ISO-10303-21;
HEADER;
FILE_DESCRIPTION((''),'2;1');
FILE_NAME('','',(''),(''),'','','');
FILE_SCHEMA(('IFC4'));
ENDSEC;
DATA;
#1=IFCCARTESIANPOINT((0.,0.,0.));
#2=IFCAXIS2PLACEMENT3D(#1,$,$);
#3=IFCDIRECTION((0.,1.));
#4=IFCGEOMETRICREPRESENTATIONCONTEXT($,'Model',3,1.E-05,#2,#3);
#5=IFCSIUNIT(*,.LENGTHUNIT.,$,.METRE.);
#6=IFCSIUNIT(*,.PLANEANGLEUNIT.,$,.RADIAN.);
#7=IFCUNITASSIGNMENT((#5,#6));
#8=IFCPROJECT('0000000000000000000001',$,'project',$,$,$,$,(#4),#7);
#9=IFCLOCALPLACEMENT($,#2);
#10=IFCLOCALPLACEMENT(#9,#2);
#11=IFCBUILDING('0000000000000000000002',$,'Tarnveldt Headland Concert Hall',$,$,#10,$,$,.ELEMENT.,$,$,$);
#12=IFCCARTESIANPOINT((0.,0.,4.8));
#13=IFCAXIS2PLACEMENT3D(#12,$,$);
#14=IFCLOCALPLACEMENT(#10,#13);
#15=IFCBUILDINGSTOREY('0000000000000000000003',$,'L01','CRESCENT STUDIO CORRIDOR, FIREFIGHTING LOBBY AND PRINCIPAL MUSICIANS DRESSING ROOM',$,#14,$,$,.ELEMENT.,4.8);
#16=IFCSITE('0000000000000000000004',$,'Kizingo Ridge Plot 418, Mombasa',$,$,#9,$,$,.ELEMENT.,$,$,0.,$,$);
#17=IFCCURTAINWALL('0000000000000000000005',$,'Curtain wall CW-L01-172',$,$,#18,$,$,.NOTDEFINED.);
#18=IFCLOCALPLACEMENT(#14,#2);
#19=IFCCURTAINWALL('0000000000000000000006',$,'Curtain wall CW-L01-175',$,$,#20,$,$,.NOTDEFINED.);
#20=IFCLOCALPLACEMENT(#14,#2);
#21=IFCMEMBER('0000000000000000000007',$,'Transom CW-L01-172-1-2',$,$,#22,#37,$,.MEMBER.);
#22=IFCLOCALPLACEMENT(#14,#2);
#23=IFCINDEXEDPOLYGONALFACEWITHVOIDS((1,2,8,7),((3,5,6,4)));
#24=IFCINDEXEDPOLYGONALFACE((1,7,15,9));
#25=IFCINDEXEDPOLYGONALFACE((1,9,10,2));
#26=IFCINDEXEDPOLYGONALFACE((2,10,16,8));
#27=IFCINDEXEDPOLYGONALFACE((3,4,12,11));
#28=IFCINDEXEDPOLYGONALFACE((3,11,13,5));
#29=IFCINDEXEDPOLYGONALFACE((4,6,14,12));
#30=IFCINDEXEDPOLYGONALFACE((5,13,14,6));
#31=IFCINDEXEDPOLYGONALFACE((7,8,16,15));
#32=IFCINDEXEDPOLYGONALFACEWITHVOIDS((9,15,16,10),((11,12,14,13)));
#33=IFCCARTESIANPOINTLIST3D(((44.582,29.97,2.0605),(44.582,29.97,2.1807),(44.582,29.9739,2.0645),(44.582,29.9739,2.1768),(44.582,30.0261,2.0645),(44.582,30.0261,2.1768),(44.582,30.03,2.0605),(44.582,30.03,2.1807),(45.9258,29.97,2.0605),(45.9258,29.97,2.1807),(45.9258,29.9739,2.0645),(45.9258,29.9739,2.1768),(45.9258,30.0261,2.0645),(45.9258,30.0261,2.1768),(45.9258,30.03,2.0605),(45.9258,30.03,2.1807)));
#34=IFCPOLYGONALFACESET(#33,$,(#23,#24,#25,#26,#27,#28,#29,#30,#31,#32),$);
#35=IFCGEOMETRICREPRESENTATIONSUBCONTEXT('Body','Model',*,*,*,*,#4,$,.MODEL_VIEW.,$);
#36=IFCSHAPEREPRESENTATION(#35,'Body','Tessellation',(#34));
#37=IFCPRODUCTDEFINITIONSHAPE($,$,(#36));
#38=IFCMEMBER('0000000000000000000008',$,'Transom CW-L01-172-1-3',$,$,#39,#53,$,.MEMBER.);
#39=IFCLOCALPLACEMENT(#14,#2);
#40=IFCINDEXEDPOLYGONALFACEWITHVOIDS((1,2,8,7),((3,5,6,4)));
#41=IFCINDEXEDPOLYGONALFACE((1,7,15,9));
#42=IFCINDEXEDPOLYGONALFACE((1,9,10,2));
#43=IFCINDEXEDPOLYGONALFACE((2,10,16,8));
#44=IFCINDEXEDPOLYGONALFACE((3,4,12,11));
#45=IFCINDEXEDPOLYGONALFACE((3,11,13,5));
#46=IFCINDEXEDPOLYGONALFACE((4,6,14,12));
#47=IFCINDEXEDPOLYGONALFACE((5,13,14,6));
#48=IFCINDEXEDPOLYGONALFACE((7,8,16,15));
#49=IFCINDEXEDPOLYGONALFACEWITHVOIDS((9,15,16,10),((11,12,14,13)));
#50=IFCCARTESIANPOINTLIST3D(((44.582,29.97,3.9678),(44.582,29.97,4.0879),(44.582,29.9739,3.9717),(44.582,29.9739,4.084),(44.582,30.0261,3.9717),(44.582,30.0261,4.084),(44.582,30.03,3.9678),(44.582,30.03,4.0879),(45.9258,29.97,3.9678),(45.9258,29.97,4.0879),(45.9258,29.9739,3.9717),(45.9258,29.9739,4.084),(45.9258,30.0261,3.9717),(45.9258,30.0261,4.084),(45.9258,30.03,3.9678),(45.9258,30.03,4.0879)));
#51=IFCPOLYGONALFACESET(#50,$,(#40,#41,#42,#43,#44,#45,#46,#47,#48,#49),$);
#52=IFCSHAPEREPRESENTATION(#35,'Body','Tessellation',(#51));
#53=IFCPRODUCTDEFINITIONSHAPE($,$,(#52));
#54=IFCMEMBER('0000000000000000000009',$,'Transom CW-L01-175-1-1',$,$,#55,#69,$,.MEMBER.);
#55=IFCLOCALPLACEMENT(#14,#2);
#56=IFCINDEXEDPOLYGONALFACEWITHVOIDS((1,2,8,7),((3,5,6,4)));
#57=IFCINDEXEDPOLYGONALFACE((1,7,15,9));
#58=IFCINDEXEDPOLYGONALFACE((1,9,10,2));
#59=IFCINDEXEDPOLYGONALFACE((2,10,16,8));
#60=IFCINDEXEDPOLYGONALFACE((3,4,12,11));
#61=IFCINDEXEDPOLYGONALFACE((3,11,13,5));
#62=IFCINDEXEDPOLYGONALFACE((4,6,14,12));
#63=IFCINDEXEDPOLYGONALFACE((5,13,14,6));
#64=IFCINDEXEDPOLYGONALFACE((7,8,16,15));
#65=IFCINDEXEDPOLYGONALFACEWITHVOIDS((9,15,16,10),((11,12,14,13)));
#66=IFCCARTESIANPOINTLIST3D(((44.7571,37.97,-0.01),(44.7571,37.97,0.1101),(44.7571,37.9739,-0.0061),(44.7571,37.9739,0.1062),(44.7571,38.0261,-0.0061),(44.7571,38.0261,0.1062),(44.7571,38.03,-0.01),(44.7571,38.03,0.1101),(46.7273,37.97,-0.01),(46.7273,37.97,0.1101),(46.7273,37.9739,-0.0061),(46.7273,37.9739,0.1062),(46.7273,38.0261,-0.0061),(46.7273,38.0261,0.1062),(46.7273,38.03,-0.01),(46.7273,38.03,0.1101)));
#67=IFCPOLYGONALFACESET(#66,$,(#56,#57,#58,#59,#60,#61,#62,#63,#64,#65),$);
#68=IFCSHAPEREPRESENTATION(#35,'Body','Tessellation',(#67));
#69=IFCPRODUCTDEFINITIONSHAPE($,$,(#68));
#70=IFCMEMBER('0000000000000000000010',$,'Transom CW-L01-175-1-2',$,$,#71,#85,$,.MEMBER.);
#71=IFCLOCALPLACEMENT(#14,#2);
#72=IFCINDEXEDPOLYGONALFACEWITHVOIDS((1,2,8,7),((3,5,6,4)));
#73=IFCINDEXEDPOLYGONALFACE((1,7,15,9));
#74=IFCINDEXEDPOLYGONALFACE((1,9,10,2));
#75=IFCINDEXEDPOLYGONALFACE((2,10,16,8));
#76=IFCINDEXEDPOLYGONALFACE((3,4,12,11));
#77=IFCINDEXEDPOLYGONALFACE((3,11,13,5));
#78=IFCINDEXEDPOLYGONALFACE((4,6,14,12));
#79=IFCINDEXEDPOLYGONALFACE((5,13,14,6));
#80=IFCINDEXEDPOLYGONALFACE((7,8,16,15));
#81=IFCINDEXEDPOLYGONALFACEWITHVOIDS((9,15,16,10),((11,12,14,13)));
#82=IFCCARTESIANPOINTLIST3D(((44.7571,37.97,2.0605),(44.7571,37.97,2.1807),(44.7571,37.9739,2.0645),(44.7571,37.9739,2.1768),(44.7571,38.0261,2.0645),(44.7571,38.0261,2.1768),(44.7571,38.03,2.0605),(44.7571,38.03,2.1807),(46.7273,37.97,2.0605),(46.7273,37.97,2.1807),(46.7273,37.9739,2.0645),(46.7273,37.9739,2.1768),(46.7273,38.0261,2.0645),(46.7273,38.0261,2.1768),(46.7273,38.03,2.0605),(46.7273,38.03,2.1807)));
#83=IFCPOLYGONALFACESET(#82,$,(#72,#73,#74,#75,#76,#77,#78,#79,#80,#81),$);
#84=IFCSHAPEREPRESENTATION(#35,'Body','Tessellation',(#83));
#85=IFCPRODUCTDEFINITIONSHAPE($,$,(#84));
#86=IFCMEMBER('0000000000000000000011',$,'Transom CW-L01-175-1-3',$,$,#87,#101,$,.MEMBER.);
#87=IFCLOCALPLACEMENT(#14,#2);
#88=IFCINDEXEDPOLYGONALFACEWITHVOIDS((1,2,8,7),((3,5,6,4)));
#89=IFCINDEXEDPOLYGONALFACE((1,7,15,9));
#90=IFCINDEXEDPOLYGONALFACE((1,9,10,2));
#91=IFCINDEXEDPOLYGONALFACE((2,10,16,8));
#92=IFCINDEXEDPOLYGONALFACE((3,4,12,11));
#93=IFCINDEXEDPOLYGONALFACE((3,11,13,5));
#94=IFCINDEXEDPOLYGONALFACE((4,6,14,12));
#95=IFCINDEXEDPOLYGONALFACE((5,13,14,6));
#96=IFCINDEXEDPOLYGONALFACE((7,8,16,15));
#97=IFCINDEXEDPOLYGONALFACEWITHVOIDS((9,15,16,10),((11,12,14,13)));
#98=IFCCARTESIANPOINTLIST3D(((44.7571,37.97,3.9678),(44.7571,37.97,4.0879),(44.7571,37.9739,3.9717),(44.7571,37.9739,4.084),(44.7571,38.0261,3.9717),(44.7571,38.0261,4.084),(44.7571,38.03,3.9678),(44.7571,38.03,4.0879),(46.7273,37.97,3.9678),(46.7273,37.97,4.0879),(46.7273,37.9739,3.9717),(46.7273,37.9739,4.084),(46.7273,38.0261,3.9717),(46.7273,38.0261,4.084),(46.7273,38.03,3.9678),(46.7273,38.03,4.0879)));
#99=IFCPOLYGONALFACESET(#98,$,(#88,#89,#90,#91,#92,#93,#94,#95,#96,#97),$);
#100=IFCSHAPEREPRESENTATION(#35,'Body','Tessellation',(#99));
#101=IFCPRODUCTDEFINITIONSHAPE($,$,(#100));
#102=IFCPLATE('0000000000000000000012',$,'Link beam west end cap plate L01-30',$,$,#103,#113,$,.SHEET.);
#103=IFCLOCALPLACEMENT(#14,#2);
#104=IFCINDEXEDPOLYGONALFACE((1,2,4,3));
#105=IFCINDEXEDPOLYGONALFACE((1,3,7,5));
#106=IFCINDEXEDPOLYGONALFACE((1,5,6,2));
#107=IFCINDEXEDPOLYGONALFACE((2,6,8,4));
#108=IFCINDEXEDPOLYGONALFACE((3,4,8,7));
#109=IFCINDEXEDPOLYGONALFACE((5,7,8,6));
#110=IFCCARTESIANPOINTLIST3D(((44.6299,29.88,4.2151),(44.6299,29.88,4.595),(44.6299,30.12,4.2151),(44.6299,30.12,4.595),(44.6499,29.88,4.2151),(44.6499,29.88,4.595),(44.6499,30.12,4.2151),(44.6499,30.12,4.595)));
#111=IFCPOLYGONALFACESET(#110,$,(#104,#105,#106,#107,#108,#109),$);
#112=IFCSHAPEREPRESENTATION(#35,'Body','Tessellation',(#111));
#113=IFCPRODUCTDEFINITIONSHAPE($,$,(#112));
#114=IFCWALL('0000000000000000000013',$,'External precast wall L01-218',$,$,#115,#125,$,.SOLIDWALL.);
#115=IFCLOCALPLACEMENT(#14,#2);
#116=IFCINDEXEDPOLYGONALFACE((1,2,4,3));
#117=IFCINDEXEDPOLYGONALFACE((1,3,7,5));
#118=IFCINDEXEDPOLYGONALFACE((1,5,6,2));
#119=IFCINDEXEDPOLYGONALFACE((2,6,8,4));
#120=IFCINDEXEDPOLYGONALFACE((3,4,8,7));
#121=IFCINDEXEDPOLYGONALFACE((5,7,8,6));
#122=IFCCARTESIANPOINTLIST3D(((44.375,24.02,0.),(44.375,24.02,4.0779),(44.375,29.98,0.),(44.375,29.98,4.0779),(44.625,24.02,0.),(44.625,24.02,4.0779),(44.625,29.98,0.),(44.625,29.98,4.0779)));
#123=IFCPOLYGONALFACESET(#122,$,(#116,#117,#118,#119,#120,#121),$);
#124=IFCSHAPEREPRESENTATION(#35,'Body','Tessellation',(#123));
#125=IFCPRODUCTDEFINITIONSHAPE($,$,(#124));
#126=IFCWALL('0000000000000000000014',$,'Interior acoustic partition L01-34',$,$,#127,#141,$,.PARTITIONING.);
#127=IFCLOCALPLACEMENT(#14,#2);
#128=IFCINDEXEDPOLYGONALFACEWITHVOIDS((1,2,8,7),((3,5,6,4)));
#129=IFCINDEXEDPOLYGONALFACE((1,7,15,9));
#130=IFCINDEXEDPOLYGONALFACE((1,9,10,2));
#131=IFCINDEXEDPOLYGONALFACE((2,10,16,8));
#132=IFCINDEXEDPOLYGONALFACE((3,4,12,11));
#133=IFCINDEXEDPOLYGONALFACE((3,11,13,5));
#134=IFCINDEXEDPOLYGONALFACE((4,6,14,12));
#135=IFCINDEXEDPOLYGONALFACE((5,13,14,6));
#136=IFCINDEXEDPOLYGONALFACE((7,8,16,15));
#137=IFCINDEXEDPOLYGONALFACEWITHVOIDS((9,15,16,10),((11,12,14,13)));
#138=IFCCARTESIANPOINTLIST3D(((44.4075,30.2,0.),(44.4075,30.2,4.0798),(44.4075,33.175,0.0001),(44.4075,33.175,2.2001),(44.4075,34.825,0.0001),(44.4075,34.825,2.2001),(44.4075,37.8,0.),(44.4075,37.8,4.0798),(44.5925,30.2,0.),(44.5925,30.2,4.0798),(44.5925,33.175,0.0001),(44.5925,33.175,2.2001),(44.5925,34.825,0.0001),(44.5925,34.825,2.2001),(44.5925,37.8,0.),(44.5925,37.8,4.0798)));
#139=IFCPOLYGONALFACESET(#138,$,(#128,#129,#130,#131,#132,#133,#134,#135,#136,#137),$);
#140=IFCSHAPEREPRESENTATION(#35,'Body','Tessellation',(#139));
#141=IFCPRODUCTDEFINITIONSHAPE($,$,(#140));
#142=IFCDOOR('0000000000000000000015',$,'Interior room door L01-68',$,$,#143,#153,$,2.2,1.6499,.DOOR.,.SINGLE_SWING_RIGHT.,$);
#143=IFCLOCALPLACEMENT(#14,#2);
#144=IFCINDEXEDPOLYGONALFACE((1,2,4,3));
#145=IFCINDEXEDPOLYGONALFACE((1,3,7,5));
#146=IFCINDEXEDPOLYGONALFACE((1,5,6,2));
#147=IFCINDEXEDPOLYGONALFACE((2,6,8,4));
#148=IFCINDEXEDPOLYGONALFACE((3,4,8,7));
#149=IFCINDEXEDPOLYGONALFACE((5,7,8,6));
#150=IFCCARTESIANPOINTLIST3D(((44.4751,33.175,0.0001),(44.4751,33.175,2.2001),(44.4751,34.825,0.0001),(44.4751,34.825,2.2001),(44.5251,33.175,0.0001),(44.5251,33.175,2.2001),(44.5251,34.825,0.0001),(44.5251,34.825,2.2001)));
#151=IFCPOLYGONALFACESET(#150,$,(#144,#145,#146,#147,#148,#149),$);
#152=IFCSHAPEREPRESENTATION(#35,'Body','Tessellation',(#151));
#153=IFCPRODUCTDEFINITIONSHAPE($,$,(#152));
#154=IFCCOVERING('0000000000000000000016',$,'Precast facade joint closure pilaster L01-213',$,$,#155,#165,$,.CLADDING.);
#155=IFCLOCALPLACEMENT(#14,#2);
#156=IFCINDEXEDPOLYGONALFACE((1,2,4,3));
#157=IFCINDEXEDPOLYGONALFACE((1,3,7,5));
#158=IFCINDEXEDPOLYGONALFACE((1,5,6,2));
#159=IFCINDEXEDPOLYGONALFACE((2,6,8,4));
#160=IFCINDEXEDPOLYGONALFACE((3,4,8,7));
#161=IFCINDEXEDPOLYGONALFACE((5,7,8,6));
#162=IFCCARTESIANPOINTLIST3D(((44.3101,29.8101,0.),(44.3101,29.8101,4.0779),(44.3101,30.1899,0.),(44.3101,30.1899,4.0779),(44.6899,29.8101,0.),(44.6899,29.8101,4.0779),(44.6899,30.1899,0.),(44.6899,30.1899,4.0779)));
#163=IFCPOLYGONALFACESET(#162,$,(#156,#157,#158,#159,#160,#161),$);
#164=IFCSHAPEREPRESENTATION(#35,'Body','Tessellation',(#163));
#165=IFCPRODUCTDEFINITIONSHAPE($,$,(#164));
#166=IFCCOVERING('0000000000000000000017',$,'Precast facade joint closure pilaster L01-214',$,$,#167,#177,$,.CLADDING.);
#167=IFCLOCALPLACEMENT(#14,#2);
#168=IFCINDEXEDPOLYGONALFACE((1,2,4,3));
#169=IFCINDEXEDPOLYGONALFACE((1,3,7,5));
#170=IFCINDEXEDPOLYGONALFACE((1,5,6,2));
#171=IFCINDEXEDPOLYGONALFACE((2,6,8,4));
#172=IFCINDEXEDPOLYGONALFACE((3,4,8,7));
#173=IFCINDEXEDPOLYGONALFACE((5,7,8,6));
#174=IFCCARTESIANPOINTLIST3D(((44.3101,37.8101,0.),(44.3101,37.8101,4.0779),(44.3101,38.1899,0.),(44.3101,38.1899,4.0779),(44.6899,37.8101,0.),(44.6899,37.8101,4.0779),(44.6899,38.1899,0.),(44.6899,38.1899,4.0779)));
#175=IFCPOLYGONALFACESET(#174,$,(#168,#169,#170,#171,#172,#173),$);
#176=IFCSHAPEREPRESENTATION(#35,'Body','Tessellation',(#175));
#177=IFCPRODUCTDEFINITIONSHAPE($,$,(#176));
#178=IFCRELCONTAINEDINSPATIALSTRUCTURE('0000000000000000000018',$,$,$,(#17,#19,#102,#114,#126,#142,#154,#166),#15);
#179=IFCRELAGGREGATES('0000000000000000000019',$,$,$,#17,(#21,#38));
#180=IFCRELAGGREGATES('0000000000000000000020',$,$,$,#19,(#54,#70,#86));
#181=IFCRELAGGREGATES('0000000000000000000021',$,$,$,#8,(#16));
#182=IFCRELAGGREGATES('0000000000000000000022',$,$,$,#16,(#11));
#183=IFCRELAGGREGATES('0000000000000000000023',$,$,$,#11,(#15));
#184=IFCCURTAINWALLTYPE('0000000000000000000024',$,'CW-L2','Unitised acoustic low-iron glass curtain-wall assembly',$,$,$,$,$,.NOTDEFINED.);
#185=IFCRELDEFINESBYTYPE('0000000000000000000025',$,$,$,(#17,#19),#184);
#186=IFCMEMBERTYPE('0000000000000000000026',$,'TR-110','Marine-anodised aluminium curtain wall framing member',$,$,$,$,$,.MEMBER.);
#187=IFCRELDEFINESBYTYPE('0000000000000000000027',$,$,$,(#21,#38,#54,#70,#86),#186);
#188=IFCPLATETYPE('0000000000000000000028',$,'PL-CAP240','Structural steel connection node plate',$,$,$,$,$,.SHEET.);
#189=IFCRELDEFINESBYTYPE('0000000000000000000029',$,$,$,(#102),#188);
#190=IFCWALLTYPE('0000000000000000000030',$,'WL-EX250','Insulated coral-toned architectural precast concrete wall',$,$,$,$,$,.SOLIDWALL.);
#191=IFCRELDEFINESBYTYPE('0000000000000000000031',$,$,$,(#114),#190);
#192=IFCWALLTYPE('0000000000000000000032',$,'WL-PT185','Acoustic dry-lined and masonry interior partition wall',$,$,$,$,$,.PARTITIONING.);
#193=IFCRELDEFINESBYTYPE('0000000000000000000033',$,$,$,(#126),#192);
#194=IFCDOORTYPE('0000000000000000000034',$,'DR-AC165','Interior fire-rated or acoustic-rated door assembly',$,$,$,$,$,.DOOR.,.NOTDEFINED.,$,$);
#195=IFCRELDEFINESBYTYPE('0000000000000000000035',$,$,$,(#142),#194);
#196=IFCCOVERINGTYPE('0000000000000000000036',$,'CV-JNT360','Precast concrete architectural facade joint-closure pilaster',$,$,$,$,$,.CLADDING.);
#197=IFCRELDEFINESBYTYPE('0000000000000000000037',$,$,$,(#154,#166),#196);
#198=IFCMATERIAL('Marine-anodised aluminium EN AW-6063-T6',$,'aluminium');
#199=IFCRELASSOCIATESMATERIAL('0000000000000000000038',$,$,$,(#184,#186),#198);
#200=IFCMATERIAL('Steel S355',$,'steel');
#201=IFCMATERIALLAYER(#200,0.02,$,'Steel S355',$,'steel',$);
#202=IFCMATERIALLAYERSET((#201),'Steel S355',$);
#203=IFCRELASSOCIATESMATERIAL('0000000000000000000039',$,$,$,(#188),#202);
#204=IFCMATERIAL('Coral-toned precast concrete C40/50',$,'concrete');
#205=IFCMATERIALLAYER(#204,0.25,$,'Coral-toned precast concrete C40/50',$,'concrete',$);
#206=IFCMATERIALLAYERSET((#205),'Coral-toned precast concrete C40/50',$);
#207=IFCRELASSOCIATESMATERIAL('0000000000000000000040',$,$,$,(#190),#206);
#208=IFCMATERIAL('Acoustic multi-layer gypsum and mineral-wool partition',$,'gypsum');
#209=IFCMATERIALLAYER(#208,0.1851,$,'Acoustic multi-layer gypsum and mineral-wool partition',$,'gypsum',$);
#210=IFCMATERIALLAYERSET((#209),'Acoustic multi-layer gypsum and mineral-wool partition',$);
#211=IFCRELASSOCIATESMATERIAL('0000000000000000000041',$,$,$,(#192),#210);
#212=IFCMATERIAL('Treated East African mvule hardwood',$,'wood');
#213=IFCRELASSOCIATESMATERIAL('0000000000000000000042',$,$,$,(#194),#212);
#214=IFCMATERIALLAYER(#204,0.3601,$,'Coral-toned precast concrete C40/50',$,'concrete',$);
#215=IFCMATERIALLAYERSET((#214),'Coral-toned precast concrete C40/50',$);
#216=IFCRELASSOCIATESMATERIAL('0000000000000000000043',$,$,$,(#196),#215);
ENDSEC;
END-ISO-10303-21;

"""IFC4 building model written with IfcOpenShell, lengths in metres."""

from ifc_helpers import new_model, si_unit, direction, frame, frame_2d, origin, origin_2d, place, context, subcontext, project, spatial, rectangle, hollow_rectangle, extrude, material, layer, layer_set, material_profile, profile_set, type_object, element, fill, aggregate, save


model = new_model("IFC4")

# Units and contexts
model_context = context("Model", 3, precision=1e-05, world=origin(), true_north=direction((0.0, 1.0)))
body_context = subcontext(model_context, "Body", "Model", "MODEL_VIEW")
ifc_project = project(units=[si_unit("LENGTHUNIT", "METRE"), si_unit("PLANEANGLEUNIT", "RADIAN")], contexts=[model_context])

# Site, building, storey
site_placement = place(None, origin())
site = spatial("IfcSite", under=ifc_project, at=site_placement, Name="Kizingo Ridge Plot 418, Mombasa", CompositionType="ELEMENT", RefElevation=0.0)
building_placement = place(site_placement, origin())
building = spatial("IfcBuilding", under=site, at=building_placement, Name="Tarnveldt Headland Concert Hall", CompositionType="ELEMENT")
storey_placement = place(building_placement, frame((0.0, 0.0, 4.8)))
storey = spatial("IfcBuildingStorey", under=building, at=storey_placement, Name="L01", Description="CRESCENT STUDIO CORRIDOR, FIREFIGHTING LOBBY AND PRINCIPAL MUSICIANS DRESSING ROOM", CompositionType="ELEMENT", Elevation=4.8)

# Shared definitions
ifc_material_1 = material(Name="Steel S355", Category="steel")

# Curtain walls
ifc_material_2 = material(Name="Marine-anodised aluminium EN AW-6063-T6", Category="aluminium")
curtain_wall_type = type_object("IfcCurtainWallType", Name="CW-L2", Description="Unitised acoustic low-iron glass curtain-wall assembly", PredefinedType="NOTDEFINED", material=ifc_material_2)
curtain_wall_1_placement = place(storey_placement, origin())
curtain_wall_1 = element("IfcCurtainWall", 1, at=curtain_wall_1_placement, inside=storey, type_object=curtain_wall_type, Name="Curtain wall CW-L01-172", PredefinedType="NOTDEFINED")
curtain_wall_2_placement = place(storey_placement, origin())
curtain_wall_2 = element("IfcCurtainWall", 2, at=curtain_wall_2_placement, inside=storey, type_object=curtain_wall_type, Name="Curtain wall CW-L01-175", PredefinedType="NOTDEFINED")

# Members
ifc_material_profile_1 = material_profile(ifc_material_2, hollow_rectangle(XDim=0.0601, YDim=0.1201, WallThickness=0.0039, at=origin_2d()), Name="ALU TRANSOM 60x120x4", Category="aluminium")
ifc_profile_set_1 = profile_set([ifc_material_profile_1], Name="Marine-anodised aluminium EN AW-6063-T6")
member_type_1 = type_object("IfcMemberType", Name="TR-110", Description="Marine-anodised aluminium curtain wall framing member", PredefinedType="MEMBER", material=ifc_profile_set_1)
member_1_placement = place(storey_placement, frame((44.582, 30.0, 2.1206), z_axis=(1.0, 0.0, 0.0), x_axis=(0.0, 1.0, 0.0)))
member_1 = element("IfcMember", 3, at=member_1_placement, type_object=member_type_1, Name="Transom CW-L01-172-1-2", PredefinedType="MEMBER", context=body_context, shape_type="SweptSolid", body=[
    extrude(hollow_rectangle(XDim=0.0601, YDim=0.1201, WallThickness=0.0039, at=origin_2d()), origin(), (0.0, 0.0, 1.0), 1.3438),
])
member_2_placement = place(storey_placement, frame((44.582, 30.0, 4.0278), z_axis=(1.0, 0.0, 0.0), x_axis=(0.0, 1.0, 0.0)))
member_2 = element("IfcMember", 4, at=member_2_placement, type_object=member_type_1, Name="Transom CW-L01-172-1-3", PredefinedType="MEMBER", context=body_context, shape_type="SweptSolid", body=[
    extrude(hollow_rectangle(XDim=0.0601, YDim=0.1201, WallThickness=0.0039, at=origin_2d()), origin(), (0.0, 0.0, 1.0), 1.3438),
])
aggregate(curtain_wall_1, [member_1, member_2])
member_3_placement = place(storey_placement, frame((44.7571, 38.0, 0.05), z_axis=(1.0, 0.0, 0.0), x_axis=(0.0, 1.0, 0.0)))
member_3 = element("IfcMember", 5, at=member_3_placement, type_object=member_type_1, Name="Transom CW-L01-175-1-1", PredefinedType="MEMBER", context=body_context, shape_type="SweptSolid", body=[
    extrude(hollow_rectangle(XDim=0.0601, YDim=0.1201, WallThickness=0.0039, at=origin_2d()), origin(), (0.0, 0.0, 1.0), 1.9702),
])
member_4_placement = place(storey_placement, frame((44.7571, 38.0, 2.1206), z_axis=(1.0, 0.0, 0.0), x_axis=(0.0, 1.0, 0.0)))
member_4 = element("IfcMember", 6, at=member_4_placement, type_object=member_type_1, Name="Transom CW-L01-175-1-2", PredefinedType="MEMBER", context=body_context, shape_type="SweptSolid", body=[
    extrude(hollow_rectangle(XDim=0.0601, YDim=0.1201, WallThickness=0.0039, at=origin_2d()), origin(), (0.0, 0.0, 1.0), 1.9702),
])
member_5_placement = place(storey_placement, frame((44.7571, 38.0, 4.0278), z_axis=(1.0, 0.0, 0.0), x_axis=(0.0, 1.0, 0.0)))
member_5 = element("IfcMember", 7, at=member_5_placement, type_object=member_type_1, Name="Transom CW-L01-175-1-3", PredefinedType="MEMBER", context=body_context, shape_type="SweptSolid", body=[
    extrude(hollow_rectangle(XDim=0.0601, YDim=0.1201, WallThickness=0.0039, at=origin_2d()), origin(), (0.0, 0.0, 1.0), 1.9702),
])
aggregate(curtain_wall_2, [member_3, member_4, member_5])

# Plate
ifc_layer_1 = layer(ifc_material_1, 0.02, Name="Steel S355", Category="steel")
ifc_layer_set_1 = layer_set([ifc_layer_1], Name="Steel S355")
plate_type = type_object("IfcPlateType", Name="PL-CAP240", Description="Structural steel connection node plate", PredefinedType="SHEET", material=ifc_layer_set_1)
plate_placement = place(storey_placement, frame((44.6399, 30.0, 4.2151), z_axis=(0.0, 0.0, 1.0), x_axis=(1.0, 0.0, 0.0)))
element("IfcPlate", 8, at=plate_placement, inside=storey, type_object=plate_type, Name="Link beam west end cap plate L01-30", PredefinedType="SHEET", context=body_context, shape_type="SweptSolid", body=[
    extrude(rectangle(XDim=0.02, YDim=0.24, at=origin_2d()), origin(), (0.0, 0.0, 1.0), 0.3799),
])

# Wall
ifc_material_3 = material(Name="Coral-toned precast concrete C40/50", Category="concrete")
ifc_layer_2 = layer(ifc_material_3, 0.25, Name="Coral-toned precast concrete C40/50", Category="concrete")
ifc_layer_set_2 = layer_set([ifc_layer_2], Name="Coral-toned precast concrete C40/50")
wall_type_1 = type_object("IfcWallType", Name="WL-EX250", Description="Insulated coral-toned architectural precast concrete wall", PredefinedType="SOLIDWALL", material=ifc_layer_set_2)
wall_1_placement = place(storey_placement, frame((44.5, 29.98, 0.0), z_axis=(0.0, 0.0, 1.0), x_axis=(0.0, -1.0, 0.0)))
element("IfcWall", 9, at=wall_1_placement, inside=storey, type_object=wall_type_1, Name="External precast wall L01-218", PredefinedType="SOLIDWALL", context=body_context, shape_type="SweptSolid", body=[
    extrude(rectangle(XDim=5.96, YDim=0.25, at=frame_2d((2.98, 0.0))), origin(), (0.0, 0.0, 1.0), 4.0779),
])

# Wall, opening, door
ifc_material_4 = material(Name="Acoustic multi-layer gypsum and mineral-wool partition", Category="gypsum")
ifc_layer_3 = layer(ifc_material_4, 0.1851, Name="Acoustic multi-layer gypsum and mineral-wool partition", Category="gypsum")
ifc_layer_set_3 = layer_set([ifc_layer_3], Name="Acoustic multi-layer gypsum and mineral-wool partition")
wall_type_2 = type_object("IfcWallType", Name="WL-PT185", Description="Acoustic dry-lined and masonry interior partition wall", PredefinedType="PARTITIONING", material=ifc_layer_set_3)
wall_2_placement = place(storey_placement, frame((44.5, 30.2, 0.0), z_axis=(0.0, 0.0, 1.0), x_axis=(0.0, 1.0, 0.0)))
wall_2 = element("IfcWall", 10, at=wall_2_placement, inside=storey, type_object=wall_type_2, Name="Interior acoustic partition L01-34", PredefinedType="PARTITIONING", context=body_context, shape_type="SweptSolid", body=[
    extrude(rectangle(XDim=7.6001, YDim=0.1851, at=frame_2d((3.8, 0.0))), origin(), (0.0, 0.0, 1.0), 4.0798),
])
opening_placement = place(wall_2_placement, frame((2.9751, 0.0, 0.0)))
opening = element("IfcOpeningElement", 11, at=opening_placement, cuts=wall_2, PredefinedType="OPENING", context=body_context, shape_type="SweptSolid", body=[
    extrude(rectangle(XDim=1.6499, YDim=2.2, at=frame_2d((0.825, 1.1001))), frame((0.0, 0.1025, 0.0), z_axis=(0.0, -1.0, 0.0), x_axis=(1.0, 0.0, 0.0)), (0.0, 0.0, 1.0), 0.2051),
])
ifc_material_5 = material(Name="Treated East African mvule hardwood", Category="wood")
door_type = type_object("IfcDoorType", Name="DR-AC165", Description="Interior fire-rated or acoustic-rated door assembly", OperationType="NOTDEFINED", PredefinedType="DOOR", material=ifc_material_5)
door_placement = place(opening_placement, origin())
door = element("IfcDoor", 12, at=door_placement, inside=storey, type_object=door_type, Name="Interior room door L01-68", OperationType="SINGLE_SWING_RIGHT", OverallHeight=2.2, OverallWidth=1.6499, PredefinedType="DOOR", context=body_context, shape_type="SweptSolid", body=[
    extrude(rectangle(XDim=1.6499, YDim=2.2, at=frame_2d((0.825, 1.1001))), frame((0.0, 0.0249, 0.0), z_axis=(0.0, -1.0, 0.0), x_axis=(1.0, 0.0, 0.0)), (0.0, 0.0, 1.0), 0.05),
])
fill(opening, door)

# Coverings
ifc_layer_4 = layer(ifc_material_3, 0.3601, Name="Coral-toned precast concrete C40/50", Category="concrete")
ifc_layer_set_4 = layer_set([ifc_layer_4], Name="Coral-toned precast concrete C40/50")
covering_type = type_object("IfcCoveringType", Name="CV-JNT360", Description="Precast concrete architectural facade joint-closure pilaster", PredefinedType="CLADDING", material=ifc_layer_set_4)
for number, where, z_axis, x_axis, name in (
    (13, (44.5, 30.0, 0.0), (0.0, 0.0, 1.0), (0.0, -1.0, 0.0), "Precast facade joint closure pilaster L01-213"),
    (14, (44.5, 38.0, 0.0), (0.0, 0.0, 1.0), (1.0, 0.0, 0.0), "Precast facade joint closure pilaster L01-214"),
):
    element("IfcCovering", number, at=place(storey_placement, frame(where, z_axis=z_axis, x_axis=x_axis)), inside=storey, type_object=covering_type, Name=name, PredefinedType="CLADDING", context=body_context, shape_type="SweptSolid", body=[
        extrude(rectangle(XDim=0.3799, YDim=0.3799, at=origin_2d()), origin(), (0.0, 0.0, 1.0), 4.0779),
    ])

save(model, "model.ifc")
